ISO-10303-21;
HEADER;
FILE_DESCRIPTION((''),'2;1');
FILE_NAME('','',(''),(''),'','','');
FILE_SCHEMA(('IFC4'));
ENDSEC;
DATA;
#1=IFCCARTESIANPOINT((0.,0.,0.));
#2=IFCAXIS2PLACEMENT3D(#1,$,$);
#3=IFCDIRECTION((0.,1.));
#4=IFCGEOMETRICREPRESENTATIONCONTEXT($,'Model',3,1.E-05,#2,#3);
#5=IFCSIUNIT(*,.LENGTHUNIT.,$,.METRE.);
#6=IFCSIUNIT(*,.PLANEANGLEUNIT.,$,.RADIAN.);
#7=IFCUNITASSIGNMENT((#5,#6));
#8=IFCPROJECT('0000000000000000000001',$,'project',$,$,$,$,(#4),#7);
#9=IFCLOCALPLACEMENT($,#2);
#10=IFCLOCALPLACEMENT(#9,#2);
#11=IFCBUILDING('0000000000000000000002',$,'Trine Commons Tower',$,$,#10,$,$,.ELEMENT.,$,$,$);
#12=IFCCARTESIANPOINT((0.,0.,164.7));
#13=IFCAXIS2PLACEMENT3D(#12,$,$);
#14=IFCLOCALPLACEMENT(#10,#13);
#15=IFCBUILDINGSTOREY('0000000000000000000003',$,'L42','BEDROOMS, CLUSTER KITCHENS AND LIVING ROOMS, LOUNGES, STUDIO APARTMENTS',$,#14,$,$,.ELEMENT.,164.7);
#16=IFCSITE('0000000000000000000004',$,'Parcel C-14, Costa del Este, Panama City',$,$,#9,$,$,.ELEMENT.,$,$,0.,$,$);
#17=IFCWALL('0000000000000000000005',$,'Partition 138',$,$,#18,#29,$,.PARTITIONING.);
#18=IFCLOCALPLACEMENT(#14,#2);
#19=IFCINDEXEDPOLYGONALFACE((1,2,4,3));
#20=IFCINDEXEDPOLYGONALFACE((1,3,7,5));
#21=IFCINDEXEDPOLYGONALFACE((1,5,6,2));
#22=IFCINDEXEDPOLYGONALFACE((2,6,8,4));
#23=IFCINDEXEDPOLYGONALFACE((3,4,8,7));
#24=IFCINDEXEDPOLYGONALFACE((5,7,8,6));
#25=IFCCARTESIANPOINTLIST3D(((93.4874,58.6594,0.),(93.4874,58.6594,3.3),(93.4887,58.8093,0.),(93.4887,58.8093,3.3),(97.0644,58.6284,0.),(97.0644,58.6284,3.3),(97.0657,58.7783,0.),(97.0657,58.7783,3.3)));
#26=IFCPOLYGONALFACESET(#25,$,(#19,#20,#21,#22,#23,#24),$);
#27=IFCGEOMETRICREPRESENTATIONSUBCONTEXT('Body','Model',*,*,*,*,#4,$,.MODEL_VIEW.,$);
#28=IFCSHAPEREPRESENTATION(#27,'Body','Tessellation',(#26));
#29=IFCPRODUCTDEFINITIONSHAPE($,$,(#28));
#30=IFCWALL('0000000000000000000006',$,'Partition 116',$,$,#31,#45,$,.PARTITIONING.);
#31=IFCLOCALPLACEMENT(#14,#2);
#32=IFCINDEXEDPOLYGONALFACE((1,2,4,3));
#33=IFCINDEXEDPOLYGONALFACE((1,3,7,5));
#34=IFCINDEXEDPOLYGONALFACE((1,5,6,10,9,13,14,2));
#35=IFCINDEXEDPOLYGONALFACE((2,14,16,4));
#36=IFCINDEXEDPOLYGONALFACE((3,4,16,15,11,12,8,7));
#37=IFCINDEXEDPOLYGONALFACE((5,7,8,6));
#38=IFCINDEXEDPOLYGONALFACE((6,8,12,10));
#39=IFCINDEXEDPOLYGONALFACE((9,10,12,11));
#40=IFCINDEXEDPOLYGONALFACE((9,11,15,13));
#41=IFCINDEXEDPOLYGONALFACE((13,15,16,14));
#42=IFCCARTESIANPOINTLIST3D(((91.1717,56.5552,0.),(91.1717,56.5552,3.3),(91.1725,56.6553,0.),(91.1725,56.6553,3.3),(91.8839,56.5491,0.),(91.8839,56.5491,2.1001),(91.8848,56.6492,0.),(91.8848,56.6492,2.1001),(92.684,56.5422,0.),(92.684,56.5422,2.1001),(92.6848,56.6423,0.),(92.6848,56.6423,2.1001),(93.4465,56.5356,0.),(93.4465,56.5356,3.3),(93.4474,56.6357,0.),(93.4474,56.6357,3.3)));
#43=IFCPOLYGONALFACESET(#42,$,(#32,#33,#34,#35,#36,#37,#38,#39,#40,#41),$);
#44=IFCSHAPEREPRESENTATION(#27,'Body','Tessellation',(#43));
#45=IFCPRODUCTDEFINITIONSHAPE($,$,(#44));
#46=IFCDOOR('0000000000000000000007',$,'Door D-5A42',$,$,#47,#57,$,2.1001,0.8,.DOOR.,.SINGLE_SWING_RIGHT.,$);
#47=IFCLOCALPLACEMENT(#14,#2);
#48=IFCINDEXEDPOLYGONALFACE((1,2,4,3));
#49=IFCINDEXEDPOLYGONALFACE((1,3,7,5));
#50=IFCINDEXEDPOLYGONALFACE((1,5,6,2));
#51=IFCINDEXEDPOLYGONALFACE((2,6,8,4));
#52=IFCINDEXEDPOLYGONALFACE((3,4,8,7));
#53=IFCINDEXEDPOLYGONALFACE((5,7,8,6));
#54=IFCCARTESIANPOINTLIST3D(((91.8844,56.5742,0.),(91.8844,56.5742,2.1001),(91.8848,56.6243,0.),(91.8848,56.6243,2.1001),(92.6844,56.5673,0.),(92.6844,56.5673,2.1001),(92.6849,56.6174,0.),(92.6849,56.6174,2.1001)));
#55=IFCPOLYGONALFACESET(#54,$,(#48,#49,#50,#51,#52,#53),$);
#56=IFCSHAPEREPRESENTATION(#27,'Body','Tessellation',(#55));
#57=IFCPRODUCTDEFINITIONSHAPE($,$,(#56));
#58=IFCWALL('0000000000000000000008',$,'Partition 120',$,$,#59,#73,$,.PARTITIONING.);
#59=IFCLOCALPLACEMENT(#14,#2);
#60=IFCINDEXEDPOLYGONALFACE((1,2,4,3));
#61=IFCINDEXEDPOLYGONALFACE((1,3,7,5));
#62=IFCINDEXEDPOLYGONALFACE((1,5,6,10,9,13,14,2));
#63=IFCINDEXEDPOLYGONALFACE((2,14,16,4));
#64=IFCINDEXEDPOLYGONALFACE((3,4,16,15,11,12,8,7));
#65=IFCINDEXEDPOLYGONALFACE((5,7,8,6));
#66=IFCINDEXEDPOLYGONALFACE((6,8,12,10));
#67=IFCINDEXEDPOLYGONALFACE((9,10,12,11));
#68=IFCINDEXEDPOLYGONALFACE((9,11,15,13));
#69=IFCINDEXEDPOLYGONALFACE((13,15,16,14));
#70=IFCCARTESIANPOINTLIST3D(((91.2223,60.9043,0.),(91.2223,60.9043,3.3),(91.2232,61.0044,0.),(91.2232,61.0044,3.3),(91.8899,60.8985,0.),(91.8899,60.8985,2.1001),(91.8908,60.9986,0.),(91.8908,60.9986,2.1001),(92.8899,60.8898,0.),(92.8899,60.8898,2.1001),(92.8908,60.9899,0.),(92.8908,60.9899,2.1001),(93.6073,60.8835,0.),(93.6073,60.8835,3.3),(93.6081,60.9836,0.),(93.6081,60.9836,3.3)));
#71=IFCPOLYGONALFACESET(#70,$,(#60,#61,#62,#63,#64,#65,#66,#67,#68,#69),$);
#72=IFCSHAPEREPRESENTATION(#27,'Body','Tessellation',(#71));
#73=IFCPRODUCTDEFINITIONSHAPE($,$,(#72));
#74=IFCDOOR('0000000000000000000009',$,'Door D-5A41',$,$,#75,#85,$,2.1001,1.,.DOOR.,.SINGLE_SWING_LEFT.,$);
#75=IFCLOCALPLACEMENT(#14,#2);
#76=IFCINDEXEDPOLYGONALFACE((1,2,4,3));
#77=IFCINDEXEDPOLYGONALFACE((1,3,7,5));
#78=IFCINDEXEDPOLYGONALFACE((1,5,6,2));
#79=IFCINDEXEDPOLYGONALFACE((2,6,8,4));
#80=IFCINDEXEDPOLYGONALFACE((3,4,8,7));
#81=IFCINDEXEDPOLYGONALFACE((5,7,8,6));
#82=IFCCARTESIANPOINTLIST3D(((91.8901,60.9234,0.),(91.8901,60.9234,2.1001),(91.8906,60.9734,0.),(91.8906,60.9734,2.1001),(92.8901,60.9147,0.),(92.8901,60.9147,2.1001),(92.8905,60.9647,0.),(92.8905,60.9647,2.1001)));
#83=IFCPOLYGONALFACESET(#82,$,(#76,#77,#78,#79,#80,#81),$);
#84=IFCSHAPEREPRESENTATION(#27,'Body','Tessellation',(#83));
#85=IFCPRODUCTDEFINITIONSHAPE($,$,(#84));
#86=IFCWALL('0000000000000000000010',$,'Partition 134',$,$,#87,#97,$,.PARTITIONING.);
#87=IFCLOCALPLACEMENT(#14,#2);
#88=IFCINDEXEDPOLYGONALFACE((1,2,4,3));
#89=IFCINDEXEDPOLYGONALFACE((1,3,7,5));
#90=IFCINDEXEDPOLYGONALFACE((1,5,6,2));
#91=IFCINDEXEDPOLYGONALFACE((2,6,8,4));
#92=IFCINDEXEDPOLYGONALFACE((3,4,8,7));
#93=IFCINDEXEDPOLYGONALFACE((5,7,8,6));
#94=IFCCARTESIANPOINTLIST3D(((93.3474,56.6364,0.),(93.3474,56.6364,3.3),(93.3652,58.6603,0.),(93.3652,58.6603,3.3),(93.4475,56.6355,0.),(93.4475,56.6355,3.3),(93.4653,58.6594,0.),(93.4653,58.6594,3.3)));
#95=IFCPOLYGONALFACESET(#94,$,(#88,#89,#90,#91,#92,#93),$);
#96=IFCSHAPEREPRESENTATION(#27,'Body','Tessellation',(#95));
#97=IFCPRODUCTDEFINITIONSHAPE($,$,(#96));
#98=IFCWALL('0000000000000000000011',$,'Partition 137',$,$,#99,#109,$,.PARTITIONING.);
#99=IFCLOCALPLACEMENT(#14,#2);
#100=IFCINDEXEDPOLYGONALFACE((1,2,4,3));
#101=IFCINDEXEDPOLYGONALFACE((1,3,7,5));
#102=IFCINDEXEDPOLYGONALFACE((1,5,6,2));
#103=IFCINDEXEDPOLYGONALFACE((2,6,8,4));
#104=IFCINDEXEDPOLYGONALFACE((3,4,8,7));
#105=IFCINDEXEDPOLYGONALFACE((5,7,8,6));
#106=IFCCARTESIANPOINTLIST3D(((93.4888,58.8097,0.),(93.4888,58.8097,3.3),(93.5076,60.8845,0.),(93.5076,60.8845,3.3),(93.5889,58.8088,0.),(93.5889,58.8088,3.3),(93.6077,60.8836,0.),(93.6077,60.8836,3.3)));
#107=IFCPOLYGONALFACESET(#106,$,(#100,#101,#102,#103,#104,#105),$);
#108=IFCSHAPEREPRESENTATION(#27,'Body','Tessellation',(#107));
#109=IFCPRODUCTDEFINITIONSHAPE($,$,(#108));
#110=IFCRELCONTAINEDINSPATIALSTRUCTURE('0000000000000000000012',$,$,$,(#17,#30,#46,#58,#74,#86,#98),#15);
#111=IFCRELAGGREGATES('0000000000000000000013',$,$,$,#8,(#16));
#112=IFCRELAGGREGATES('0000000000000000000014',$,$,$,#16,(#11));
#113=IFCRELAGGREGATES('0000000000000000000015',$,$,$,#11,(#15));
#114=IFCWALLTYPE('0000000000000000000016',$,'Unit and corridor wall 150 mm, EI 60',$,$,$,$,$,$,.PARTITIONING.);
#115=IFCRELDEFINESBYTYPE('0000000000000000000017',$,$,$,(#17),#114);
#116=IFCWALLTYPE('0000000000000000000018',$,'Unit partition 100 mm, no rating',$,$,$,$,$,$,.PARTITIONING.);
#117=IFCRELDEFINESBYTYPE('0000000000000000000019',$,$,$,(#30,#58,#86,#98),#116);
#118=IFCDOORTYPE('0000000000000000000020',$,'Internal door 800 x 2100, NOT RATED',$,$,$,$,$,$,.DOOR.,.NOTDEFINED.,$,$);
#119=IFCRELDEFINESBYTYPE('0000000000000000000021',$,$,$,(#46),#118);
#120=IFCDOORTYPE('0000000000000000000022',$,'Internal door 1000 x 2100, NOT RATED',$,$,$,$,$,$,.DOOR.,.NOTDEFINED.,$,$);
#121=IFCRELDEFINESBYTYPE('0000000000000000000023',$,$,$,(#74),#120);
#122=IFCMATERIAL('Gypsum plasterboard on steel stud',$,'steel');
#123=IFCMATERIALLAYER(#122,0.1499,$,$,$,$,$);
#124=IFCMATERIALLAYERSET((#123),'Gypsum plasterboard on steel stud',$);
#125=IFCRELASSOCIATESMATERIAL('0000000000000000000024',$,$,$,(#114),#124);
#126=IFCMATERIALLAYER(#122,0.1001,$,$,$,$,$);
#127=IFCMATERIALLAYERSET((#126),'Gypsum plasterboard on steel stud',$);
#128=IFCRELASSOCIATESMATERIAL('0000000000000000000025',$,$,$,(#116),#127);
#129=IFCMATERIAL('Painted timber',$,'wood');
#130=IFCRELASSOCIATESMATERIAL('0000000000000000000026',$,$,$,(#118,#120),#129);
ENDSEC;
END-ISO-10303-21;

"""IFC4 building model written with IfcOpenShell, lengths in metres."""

from ifc_helpers import new_model, si_unit, direction, frame, frame_2d, origin, place, context, subcontext, project, spatial, rectangle, extrude, material, layer, layer_set, type_object, element, fill, save


model = new_model("IFC4")

# Units and contexts
model_context = context("Model", 3, precision=1e-05, world=origin(), true_north=direction((0.0, 1.0)))
body_context = subcontext(model_context, "Body", "Model", "MODEL_VIEW")
ifc_project = project(units=[si_unit("LENGTHUNIT", "METRE"), si_unit("PLANEANGLEUNIT", "RADIAN")], contexts=[model_context])

# Site, building, storey
site_placement = place(None, origin())
site = spatial("IfcSite", under=ifc_project, at=site_placement, Name="Parcel C-14, Costa del Este, Panama City", CompositionType="ELEMENT", RefElevation=0.0)
building_placement = place(site_placement, origin())
building = spatial("IfcBuilding", under=site, at=building_placement, Name="Trine Commons Tower", CompositionType="ELEMENT")
storey_placement = place(building_placement, frame((0.0, 0.0, 164.7)))
storey = spatial("IfcBuildingStorey", under=building, at=storey_placement, Name="L42", Description="BEDROOMS, CLUSTER KITCHENS AND LIVING ROOMS, LOUNGES, STUDIO APARTMENTS", CompositionType="ELEMENT", Elevation=164.7)

# Shared definitions
ifc_material_1 = material(Name="Gypsum plasterboard on steel stud", Category="steel")
ifc_layer_1 = layer(ifc_material_1, 0.1499)
ifc_layer_set_1 = layer_set([ifc_layer_1], Name="Gypsum plasterboard on steel stud")
wall_type_1 = type_object("IfcWallType", Name="Unit and corridor wall 150 mm, EI 60", PredefinedType="PARTITIONING", material=ifc_layer_set_1)

# Shared definitions
ifc_material_2 = material(Name="Painted timber", Category="wood")

# Wall
wall_1_placement = place(storey_placement, frame((93.488, 58.7344, 0.0), z_axis=(0.0, 0.0, 1.0), x_axis=(0.999962, -0.008668, 0.0)))
element("IfcWall", 1, at=wall_1_placement, inside=storey, type_object=wall_type_1, Name="Partition 138", PredefinedType="PARTITIONING", context=body_context, shape_type="SweptSolid", body=[
    extrude(rectangle(XDim=3.5771, YDim=0.1499, at=frame_2d((1.7886, 0.0))), origin(), (0.0, 0.0, 1.0), 3.3),
])

# Walls, openings, doors
ifc_layer_2 = layer(ifc_material_1, 0.1001)
ifc_layer_set_2 = layer_set([ifc_layer_2], Name="Gypsum plasterboard on steel stud")
wall_type_2 = type_object("IfcWallType", Name="Unit partition 100 mm, no rating", PredefinedType="PARTITIONING", material=ifc_layer_set_2)
wall_2_placement = place(storey_placement, frame((91.1721, 56.6052, 0.0), z_axis=(0.0, 0.0, 1.0), x_axis=(0.999963, -0.008585, 0.0)))
wall_2 = element("IfcWall", 2, at=wall_2_placement, inside=storey, type_object=wall_type_2, Name="Partition 116", PredefinedType="PARTITIONING", context=body_context, shape_type="SweptSolid", body=[
    extrude(rectangle(XDim=2.2749, YDim=0.1001, at=frame_2d((1.1375, 0.0))), origin(), (0.0, 0.0, 1.0), 3.3),
])
opening_1_placement = place(wall_2_placement, frame((0.7124, 0.0, 0.0)))
opening_1 = element("IfcOpeningElement", 3, at=opening_1_placement, cuts=wall_2, PredefinedType="OPENING", context=body_context, shape_type="SweptSolid", body=[
    extrude(rectangle(XDim=0.8, YDim=2.1001, at=frame_2d((0.3999, 1.05))), frame((0.0, 0.0601, 0.0), z_axis=(0.0, -1.0, 0.0), x_axis=(1.0, 0.0, 0.0)), (0.0, 0.0, 1.0), 0.1201),
])
door_type_1 = type_object("IfcDoorType", Name="Internal door 800 x 2100, NOT RATED", OperationType="NOTDEFINED", PredefinedType="DOOR", material=ifc_material_2)
door_1_placement = place(opening_1_placement, frame((0.8, 0.0, 0.0), z_axis=(0.0, 0.0, 1.0), x_axis=(-1.0, 0.0, 0.0)))
door_1 = element("IfcDoor", 4, at=door_1_placement, inside=storey, type_object=door_type_1, Name="Door D-5A42", OperationType="SINGLE_SWING_RIGHT", OverallHeight=2.1001, OverallWidth=0.8, PredefinedType="DOOR", context=body_context, shape_type="SweptSolid", body=[
    extrude(rectangle(XDim=0.8, YDim=2.1001, at=frame_2d((0.3999, 1.05))), frame((0.0, 0.0249, 0.0), z_axis=(0.0, -1.0, 0.0), x_axis=(1.0, 0.0, 0.0)), (0.0, 0.0, 1.0), 0.05),
])
fill(opening_1, door_1)
wall_3_placement = place(storey_placement, frame((91.2229, 60.9543, 0.0), z_axis=(0.0, 0.0, 1.0), x_axis=(0.999962, -0.008701, 0.0)))
wall_3 = element("IfcWall", 5, at=wall_3_placement, inside=storey, type_object=wall_type_2, Name="Partition 120", PredefinedType="PARTITIONING", context=body_context, shape_type="SweptSolid", body=[
    extrude(rectangle(XDim=2.385, YDim=0.1001, at=frame_2d((1.1924, 0.0))), origin(), (0.0, 0.0, 1.0), 3.3),
])
opening_2_placement = place(wall_3_placement, frame((0.6675, 0.0, 0.0)))
opening_2 = element("IfcOpeningElement", 6, at=opening_2_placement, cuts=wall_3, PredefinedType="OPENING", context=body_context, shape_type="SweptSolid", body=[
    extrude(rectangle(XDim=1.0, YDim=2.1001, at=frame_2d((0.5, 1.05))), frame((0.0, 0.0601, 0.0), z_axis=(0.0, -1.0, 0.0), x_axis=(1.0, 0.0, 0.0)), (0.0, 0.0, 1.0), 0.1201),
])
door_type_2 = type_object("IfcDoorType", Name="Internal door 1000 x 2100, NOT RATED", OperationType="NOTDEFINED", PredefinedType="DOOR", material=ifc_material_2)
door_2_placement = place(opening_2_placement, origin())
door_2 = element("IfcDoor", 7, at=door_2_placement, inside=storey, type_object=door_type_2, Name="Door D-5A41", OperationType="SINGLE_SWING_LEFT", OverallHeight=2.1001, OverallWidth=1.0, PredefinedType="DOOR", context=body_context, shape_type="SweptSolid", body=[
    extrude(rectangle(XDim=1.0, YDim=2.1001, at=frame_2d((0.5, 1.05))), frame((0.0, 0.0249, 0.0), z_axis=(0.0, -1.0, 0.0), x_axis=(1.0, 0.0, 0.0)), (0.0, 0.0, 1.0), 0.05),
])
fill(opening_2, door_2)

# Walls
wall_4_placement = place(storey_placement, frame((93.3975, 56.636, 0.0), z_axis=(0.0, 0.0, 1.0), x_axis=(0.008805, 0.999961, 0.0)))
element("IfcWall", 8, at=wall_4_placement, inside=storey, type_object=wall_type_2, Name="Partition 134", PredefinedType="PARTITIONING", context=body_context, shape_type="SweptSolid", body=[
    extrude(rectangle(XDim=2.0239, YDim=0.1001, at=frame_2d((1.012, 0.0))), origin(), (0.0, 0.0, 1.0), 3.3),
])
wall_5_placement = place(storey_placement, frame((93.5388, 58.8091, 0.0), z_axis=(0.0, 0.0, 1.0), x_axis=(0.00906, 0.999959, 0.0)))
element("IfcWall", 9, at=wall_5_placement, inside=storey, type_object=wall_type_2, Name="Partition 137", PredefinedType="PARTITIONING", context=body_context, shape_type="SweptSolid", body=[
    extrude(rectangle(XDim=2.075, YDim=0.1001, at=frame_2d((1.0376, 0.0))), origin(), (0.0, 0.0, 1.0), 3.3),
])

save(model, "model.ifc")
